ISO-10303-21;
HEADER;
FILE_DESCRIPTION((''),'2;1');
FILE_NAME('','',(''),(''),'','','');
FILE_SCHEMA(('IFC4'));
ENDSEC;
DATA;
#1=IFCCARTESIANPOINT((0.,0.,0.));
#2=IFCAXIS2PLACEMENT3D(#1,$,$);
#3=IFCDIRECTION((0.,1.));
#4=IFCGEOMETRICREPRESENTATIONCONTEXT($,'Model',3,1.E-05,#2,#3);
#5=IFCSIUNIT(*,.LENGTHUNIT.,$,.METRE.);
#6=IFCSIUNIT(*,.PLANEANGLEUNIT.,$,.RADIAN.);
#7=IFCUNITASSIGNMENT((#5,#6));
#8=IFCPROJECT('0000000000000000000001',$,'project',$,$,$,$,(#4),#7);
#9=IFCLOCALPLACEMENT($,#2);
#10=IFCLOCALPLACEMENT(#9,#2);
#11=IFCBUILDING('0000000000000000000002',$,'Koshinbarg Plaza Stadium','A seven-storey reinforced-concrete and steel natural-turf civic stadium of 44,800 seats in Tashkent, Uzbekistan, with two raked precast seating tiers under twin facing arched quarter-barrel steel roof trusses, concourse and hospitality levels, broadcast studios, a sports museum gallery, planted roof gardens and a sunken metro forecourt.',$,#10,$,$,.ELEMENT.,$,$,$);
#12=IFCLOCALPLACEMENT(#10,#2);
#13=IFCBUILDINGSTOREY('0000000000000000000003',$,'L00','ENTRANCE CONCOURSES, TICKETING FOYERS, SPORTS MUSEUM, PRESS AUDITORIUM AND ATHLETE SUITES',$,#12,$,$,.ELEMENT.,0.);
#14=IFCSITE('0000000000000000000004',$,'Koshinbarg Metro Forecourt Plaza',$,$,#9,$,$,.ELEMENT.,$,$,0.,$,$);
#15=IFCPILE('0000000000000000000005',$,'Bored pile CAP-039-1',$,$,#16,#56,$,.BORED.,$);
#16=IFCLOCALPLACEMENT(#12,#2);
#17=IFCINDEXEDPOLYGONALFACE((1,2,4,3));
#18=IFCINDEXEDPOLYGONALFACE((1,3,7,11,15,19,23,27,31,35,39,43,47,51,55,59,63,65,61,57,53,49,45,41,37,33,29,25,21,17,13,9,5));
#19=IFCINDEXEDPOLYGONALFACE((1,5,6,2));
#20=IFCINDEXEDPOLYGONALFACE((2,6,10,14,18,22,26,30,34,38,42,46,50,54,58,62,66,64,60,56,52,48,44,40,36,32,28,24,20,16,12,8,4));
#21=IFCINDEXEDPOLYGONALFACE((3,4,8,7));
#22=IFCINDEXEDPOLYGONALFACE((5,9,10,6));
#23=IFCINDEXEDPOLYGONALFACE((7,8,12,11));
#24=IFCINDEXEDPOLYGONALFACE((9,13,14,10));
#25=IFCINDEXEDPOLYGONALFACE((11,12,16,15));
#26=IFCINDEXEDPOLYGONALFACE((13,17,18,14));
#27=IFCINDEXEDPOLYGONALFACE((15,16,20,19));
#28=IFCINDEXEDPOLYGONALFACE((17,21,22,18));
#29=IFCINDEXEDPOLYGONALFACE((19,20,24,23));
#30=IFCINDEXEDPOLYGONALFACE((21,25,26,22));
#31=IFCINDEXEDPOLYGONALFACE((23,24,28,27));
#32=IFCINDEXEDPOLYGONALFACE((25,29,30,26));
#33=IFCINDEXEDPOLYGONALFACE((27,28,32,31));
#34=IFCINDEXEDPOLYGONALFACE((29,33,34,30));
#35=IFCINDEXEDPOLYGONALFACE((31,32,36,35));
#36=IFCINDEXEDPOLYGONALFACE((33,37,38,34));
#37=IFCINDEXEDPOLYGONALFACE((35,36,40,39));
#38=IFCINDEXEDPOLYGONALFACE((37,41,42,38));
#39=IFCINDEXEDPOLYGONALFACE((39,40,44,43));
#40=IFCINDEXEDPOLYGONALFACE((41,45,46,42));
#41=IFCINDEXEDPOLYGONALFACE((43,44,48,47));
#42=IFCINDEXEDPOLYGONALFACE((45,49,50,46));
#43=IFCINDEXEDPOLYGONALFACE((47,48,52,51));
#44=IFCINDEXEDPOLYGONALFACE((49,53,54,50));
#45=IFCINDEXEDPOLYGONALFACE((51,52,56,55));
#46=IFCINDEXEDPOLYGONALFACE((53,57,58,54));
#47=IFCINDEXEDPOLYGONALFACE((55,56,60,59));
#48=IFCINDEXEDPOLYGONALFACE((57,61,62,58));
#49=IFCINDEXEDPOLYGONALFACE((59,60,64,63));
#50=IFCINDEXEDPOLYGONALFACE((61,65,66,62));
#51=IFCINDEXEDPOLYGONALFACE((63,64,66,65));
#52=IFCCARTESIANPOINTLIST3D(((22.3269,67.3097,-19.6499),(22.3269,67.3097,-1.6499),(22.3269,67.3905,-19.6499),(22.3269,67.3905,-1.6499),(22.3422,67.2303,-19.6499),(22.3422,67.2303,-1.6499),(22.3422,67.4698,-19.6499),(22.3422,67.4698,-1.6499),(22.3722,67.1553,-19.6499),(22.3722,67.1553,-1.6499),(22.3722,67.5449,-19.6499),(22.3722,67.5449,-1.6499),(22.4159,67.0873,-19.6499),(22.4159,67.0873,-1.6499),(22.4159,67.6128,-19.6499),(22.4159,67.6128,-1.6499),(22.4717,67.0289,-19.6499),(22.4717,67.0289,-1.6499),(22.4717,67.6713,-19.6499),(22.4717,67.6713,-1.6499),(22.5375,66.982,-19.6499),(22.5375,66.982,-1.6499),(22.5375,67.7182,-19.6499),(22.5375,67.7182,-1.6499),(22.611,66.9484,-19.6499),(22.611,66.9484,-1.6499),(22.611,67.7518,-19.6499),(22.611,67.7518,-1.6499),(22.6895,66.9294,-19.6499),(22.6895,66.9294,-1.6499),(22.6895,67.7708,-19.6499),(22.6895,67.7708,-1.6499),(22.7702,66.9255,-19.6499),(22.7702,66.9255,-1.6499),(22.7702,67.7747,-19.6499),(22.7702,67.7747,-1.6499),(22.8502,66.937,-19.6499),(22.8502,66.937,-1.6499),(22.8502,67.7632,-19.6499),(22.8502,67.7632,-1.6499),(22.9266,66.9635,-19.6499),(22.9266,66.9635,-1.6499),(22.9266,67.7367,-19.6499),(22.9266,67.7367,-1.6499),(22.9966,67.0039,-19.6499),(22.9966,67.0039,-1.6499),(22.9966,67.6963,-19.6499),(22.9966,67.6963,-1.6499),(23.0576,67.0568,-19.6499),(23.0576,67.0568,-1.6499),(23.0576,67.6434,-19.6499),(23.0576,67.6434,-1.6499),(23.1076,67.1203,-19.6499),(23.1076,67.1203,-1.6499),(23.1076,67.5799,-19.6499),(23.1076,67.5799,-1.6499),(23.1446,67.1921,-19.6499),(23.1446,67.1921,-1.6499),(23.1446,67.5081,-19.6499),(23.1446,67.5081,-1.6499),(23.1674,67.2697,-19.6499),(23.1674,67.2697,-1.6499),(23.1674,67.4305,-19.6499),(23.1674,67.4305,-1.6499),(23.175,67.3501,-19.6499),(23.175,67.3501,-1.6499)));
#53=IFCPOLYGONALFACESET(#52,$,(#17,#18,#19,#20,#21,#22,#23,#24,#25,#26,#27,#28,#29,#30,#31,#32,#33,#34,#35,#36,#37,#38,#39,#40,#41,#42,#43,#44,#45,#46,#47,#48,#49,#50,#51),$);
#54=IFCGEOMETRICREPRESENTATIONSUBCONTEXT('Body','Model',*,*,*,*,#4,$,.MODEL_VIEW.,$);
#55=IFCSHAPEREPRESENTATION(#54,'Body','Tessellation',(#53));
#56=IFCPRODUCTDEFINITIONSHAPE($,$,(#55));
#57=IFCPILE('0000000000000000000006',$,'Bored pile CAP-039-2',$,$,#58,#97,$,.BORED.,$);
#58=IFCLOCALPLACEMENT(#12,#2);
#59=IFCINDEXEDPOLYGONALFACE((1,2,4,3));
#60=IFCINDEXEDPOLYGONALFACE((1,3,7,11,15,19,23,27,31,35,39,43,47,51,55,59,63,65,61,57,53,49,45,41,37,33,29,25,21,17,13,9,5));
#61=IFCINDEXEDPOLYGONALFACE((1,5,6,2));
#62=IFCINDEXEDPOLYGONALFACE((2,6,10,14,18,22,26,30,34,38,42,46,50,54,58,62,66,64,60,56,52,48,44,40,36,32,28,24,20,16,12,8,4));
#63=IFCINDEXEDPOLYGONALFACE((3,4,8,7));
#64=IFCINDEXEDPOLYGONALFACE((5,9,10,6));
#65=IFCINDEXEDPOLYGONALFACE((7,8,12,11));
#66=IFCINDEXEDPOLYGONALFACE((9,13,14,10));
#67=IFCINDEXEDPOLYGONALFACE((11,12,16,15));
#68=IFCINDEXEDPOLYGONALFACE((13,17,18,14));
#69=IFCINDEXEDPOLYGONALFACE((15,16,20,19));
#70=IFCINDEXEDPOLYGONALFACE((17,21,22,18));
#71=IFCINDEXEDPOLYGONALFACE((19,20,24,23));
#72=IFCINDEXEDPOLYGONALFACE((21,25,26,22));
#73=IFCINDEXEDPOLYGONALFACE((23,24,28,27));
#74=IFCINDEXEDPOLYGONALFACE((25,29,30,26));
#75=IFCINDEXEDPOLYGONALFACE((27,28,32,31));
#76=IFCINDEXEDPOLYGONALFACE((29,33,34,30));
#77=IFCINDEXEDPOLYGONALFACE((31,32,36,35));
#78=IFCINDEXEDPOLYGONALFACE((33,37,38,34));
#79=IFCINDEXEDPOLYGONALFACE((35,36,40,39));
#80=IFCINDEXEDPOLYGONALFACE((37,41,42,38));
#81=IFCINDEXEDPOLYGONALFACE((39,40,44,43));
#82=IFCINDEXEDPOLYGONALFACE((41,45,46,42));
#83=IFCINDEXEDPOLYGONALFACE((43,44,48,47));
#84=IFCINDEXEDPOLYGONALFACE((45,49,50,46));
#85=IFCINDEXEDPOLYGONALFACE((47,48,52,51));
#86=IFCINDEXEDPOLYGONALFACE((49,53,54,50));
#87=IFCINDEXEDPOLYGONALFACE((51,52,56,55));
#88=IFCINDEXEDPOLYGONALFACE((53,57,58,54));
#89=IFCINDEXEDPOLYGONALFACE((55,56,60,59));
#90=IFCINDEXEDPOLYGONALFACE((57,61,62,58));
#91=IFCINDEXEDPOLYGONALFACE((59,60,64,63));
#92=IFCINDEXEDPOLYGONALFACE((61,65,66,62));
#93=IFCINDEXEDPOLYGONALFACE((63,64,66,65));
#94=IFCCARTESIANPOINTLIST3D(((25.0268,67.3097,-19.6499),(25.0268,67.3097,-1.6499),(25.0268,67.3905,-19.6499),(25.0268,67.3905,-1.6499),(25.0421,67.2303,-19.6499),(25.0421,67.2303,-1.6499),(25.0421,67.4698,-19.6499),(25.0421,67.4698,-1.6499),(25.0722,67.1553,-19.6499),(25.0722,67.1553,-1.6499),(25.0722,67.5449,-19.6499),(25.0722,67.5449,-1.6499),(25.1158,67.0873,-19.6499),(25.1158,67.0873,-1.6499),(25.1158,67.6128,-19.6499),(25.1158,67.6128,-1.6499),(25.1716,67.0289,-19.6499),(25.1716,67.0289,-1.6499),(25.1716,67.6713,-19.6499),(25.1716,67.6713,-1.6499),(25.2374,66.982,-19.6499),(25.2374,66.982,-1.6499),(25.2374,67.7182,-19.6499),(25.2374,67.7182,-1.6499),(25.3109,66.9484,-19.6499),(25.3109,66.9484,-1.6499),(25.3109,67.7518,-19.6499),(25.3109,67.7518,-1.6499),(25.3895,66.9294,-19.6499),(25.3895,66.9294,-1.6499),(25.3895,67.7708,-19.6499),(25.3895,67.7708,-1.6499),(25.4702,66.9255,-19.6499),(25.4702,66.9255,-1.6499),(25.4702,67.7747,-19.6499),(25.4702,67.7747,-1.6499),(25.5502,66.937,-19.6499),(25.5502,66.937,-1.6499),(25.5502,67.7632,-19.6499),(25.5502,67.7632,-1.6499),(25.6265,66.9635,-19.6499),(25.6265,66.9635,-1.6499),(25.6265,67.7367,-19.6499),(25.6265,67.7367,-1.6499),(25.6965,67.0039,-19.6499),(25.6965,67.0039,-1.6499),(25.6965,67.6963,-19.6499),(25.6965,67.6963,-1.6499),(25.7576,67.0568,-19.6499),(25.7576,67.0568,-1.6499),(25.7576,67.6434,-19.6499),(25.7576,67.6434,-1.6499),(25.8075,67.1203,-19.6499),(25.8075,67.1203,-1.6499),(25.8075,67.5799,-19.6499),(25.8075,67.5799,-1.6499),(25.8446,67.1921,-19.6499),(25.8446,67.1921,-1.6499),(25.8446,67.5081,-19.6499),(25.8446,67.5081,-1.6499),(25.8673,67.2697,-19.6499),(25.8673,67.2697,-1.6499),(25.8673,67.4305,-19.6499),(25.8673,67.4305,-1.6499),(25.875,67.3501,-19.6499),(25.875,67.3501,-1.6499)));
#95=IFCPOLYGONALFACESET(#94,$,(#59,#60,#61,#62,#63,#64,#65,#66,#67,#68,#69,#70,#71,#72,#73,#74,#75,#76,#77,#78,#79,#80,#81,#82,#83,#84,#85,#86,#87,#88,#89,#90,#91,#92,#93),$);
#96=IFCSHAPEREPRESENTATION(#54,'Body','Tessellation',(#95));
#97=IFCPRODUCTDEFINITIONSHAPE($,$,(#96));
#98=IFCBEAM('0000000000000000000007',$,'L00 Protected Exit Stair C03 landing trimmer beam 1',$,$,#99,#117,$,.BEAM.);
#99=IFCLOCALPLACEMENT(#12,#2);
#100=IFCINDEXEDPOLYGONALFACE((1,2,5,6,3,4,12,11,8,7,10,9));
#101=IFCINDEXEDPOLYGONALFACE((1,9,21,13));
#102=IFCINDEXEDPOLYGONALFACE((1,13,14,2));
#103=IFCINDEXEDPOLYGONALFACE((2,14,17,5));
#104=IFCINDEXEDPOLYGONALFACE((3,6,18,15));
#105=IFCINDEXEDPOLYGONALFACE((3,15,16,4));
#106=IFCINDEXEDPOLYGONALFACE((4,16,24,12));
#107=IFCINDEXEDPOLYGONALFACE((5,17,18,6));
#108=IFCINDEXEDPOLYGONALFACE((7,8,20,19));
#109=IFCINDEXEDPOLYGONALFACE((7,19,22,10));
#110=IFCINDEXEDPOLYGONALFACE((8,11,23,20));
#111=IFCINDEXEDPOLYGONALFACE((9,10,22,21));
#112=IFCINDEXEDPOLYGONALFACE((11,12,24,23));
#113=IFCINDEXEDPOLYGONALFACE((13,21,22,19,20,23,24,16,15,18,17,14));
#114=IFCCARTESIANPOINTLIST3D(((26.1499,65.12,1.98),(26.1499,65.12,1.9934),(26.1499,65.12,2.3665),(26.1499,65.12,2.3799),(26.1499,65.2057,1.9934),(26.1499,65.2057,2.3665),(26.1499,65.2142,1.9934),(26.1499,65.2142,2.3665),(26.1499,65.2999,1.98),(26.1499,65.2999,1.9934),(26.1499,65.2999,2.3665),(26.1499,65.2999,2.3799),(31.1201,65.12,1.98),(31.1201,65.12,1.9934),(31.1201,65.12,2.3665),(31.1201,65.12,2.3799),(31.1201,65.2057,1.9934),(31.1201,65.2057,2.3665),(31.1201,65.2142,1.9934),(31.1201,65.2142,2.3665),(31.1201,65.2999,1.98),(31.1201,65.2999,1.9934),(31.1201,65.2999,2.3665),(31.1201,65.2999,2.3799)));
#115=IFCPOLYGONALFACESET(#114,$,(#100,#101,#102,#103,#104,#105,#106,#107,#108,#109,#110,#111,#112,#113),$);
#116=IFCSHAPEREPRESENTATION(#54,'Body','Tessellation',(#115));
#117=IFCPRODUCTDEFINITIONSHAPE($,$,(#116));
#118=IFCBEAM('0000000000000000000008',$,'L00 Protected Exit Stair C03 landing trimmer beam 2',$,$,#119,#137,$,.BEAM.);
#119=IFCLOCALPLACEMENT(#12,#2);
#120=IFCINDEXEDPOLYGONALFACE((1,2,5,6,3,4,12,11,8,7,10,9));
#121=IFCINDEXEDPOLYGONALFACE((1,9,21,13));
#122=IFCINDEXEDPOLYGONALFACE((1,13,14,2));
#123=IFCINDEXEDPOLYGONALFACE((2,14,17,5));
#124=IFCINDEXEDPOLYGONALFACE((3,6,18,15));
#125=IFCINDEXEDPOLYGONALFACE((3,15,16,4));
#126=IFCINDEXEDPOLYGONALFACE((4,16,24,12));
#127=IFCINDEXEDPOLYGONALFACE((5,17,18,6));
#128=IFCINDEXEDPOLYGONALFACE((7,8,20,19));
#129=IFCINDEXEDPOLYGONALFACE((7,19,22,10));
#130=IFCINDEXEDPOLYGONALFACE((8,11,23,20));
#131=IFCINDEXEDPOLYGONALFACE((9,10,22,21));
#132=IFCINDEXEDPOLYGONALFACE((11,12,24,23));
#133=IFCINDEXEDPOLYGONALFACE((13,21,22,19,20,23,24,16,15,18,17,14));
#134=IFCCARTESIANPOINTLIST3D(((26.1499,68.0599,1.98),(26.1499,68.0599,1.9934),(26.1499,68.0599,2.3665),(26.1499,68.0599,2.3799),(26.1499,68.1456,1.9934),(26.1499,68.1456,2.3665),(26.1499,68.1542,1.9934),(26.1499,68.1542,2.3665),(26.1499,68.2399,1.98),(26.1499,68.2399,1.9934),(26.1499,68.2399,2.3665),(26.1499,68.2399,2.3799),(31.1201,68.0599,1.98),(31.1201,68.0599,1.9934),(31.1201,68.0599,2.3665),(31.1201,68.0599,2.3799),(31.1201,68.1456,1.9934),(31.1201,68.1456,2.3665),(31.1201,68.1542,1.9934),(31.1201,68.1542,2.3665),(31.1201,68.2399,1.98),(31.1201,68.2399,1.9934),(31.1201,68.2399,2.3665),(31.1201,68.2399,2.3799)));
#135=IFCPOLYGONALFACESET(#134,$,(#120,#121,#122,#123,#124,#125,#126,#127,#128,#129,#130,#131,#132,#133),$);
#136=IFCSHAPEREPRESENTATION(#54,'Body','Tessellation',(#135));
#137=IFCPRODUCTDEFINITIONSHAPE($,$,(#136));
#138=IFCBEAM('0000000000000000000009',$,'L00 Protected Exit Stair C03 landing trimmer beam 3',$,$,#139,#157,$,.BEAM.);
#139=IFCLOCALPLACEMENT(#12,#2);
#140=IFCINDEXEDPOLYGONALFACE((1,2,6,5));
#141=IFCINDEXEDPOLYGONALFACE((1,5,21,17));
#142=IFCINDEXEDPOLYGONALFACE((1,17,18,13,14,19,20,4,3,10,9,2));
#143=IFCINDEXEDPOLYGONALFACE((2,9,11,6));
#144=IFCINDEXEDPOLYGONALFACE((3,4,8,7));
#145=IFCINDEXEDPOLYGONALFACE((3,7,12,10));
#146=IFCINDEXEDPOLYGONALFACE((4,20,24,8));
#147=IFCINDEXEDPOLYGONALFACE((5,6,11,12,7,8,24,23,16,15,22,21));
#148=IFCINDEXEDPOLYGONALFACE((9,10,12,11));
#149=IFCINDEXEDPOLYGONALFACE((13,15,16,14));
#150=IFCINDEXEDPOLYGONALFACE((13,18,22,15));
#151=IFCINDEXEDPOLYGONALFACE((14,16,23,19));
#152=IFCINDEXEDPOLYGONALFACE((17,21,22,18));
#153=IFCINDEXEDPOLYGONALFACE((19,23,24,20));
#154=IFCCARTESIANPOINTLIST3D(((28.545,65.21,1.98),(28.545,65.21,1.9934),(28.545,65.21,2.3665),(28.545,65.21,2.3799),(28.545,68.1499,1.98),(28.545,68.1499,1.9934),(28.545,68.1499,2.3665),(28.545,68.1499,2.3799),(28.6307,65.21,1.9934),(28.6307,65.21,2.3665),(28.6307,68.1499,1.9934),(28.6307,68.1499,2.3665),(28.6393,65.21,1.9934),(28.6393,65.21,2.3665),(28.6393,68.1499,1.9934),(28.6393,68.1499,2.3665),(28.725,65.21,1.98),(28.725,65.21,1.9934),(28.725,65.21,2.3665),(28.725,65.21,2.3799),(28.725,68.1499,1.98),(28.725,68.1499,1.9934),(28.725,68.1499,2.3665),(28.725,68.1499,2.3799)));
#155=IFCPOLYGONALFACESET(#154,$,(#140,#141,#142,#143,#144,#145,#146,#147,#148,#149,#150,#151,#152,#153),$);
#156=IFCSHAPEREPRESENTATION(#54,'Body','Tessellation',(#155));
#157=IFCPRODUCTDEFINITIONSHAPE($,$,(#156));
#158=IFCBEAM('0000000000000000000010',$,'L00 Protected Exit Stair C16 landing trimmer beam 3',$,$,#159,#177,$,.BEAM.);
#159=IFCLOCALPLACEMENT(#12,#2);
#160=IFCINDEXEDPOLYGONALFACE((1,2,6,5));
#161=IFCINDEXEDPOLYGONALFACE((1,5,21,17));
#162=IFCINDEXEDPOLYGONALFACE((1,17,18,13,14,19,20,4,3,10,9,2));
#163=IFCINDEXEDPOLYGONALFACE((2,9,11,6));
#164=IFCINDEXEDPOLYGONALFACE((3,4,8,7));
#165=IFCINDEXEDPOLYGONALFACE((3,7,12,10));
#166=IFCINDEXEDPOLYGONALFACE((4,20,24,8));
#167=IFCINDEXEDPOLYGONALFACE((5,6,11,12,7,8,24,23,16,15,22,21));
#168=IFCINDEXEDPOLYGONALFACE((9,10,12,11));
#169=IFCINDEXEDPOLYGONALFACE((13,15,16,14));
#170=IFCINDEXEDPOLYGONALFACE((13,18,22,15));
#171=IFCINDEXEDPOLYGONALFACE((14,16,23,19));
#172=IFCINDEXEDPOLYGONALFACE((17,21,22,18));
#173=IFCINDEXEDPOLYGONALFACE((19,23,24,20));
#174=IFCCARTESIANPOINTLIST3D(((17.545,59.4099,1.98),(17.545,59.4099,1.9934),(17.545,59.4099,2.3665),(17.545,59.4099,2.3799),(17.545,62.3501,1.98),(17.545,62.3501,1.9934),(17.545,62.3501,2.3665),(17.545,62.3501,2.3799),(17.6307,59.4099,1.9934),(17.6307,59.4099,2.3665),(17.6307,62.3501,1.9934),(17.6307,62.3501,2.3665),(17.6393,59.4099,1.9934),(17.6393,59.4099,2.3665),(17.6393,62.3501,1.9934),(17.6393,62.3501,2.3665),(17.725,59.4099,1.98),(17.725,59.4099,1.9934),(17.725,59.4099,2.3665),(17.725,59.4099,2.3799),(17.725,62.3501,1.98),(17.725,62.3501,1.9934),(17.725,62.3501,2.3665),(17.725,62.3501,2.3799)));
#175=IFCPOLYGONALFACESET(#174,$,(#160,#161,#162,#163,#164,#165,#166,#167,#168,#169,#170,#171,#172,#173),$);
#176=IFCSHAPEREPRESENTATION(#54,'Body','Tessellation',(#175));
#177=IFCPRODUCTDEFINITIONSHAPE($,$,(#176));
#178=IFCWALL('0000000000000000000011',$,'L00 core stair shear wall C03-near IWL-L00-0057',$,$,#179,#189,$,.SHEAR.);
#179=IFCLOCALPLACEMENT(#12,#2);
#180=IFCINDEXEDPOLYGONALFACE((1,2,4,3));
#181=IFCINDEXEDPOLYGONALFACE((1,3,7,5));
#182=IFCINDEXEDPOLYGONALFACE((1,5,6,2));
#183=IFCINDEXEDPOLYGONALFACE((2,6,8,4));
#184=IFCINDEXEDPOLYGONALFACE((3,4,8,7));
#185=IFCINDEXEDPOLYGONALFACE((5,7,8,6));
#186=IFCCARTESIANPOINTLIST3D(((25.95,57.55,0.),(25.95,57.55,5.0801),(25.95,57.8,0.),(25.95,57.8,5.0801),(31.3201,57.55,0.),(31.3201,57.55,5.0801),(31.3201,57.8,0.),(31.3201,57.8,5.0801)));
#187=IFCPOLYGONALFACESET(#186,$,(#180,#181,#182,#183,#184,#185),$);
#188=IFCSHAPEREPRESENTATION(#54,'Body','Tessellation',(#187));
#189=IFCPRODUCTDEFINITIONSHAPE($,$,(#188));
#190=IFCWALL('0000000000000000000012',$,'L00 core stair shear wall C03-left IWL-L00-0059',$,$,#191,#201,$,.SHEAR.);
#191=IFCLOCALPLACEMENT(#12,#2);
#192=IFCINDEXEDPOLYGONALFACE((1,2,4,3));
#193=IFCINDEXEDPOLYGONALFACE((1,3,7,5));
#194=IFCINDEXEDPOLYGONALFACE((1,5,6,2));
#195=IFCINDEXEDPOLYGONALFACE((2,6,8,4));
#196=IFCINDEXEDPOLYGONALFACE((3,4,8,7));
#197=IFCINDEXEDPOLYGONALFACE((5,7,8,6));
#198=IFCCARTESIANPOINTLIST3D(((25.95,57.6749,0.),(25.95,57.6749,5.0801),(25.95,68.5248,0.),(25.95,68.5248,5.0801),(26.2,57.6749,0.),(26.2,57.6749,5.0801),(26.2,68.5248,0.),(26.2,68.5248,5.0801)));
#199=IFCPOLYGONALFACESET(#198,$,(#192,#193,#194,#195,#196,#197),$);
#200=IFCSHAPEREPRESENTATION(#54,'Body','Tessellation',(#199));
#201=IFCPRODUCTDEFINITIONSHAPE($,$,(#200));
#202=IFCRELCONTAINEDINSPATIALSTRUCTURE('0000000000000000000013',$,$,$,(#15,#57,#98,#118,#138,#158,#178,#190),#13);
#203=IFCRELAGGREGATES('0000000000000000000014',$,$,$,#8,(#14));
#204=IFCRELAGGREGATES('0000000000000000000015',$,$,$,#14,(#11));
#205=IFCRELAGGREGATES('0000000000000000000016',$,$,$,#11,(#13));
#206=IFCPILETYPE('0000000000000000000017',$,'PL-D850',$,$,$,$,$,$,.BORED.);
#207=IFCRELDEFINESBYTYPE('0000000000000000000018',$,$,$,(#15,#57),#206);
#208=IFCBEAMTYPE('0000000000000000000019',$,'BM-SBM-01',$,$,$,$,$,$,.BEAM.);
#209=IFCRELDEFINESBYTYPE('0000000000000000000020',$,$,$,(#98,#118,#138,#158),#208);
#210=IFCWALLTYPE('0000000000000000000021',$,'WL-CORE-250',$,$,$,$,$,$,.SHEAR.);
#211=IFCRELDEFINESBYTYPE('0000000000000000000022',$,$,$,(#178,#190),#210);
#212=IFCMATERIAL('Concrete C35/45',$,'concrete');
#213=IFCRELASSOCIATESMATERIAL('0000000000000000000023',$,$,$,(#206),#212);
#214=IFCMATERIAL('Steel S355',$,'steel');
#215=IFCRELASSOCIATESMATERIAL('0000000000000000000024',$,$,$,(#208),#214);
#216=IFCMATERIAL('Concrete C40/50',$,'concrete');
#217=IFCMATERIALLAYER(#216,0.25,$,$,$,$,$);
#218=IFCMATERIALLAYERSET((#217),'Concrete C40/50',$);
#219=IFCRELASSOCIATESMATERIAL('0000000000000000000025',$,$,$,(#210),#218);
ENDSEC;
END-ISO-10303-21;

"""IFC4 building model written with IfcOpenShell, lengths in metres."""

from ifc_helpers import new_model, si_unit, direction, frame, frame_2d, origin, origin_2d, place, context, subcontext, project, spatial, rectangle, circle, i_section, extrude, material, layer, layer_set, material_profile, profile_set, type_object, element, save


model = new_model("IFC4")

# Units and contexts
model_context = context("Model", 3, precision=1e-05, world=origin(), true_north=direction((0.0, 1.0)))
body_context = subcontext(model_context, "Body", "Model", "MODEL_VIEW")
ifc_project = project(units=[si_unit("LENGTHUNIT", "METRE"), si_unit("PLANEANGLEUNIT", "RADIAN")], contexts=[model_context])

# Site, building, storey
site_placement = place(None, origin())
site = spatial("IfcSite", under=ifc_project, at=site_placement, Name="Koshinbarg Metro Forecourt Plaza", CompositionType="ELEMENT", RefElevation=0.0)
building_placement = place(site_placement, origin())
building = spatial("IfcBuilding", under=site, at=building_placement, Name="Koshinbarg Plaza Stadium", Description="A seven-storey reinforced-concrete and steel natural-turf civic stadium of 44,800 seats in Tashkent, Uzbekistan, with two raked precast seating tiers under twin facing arched quarter-barrel steel roof trusses, concourse and hospitality levels, broadcast studios, a sports museum gallery, planted roof gardens and a sunken metro forecourt.", CompositionType="ELEMENT")
storey_placement = place(building_placement, origin())
storey = spatial("IfcBuildingStorey", under=building, at=storey_placement, Name="L00", Description="ENTRANCE CONCOURSES, TICKETING FOYERS, SPORTS MUSEUM, PRESS AUDITORIUM AND ATHLETE SUITES", CompositionType="ELEMENT", Elevation=0.0)

# Piles
ifc_material_1 = material(Name="Concrete C35/45", Category="concrete")
ifc_material_profile_1 = material_profile(ifc_material_1, circle(Radius=0.425, at=origin_2d()), Name="PILE D850")
ifc_profile_set_1 = profile_set([ifc_material_profile_1], Name="Concrete C35/45")
pile_type = type_object("IfcPileType", Name="PL-D850", PredefinedType="BORED", material=ifc_profile_set_1)
for number, where, z_axis, x_axis, name in (
    (1, (22.75, 67.3501, -1.6499), (0.0, 0.0, -1.0), (1.0, 0.0, 0.0), "Bored pile CAP-039-1"),
    (2, (25.45, 67.3501, -1.6499), (0.0, 0.0, -1.0), (1.0, 0.0, 0.0), "Bored pile CAP-039-2"),
):
    element("IfcPile", number, at=place(storey_placement, frame(where, z_axis=z_axis, x_axis=x_axis)), inside=storey, type_object=pile_type, Name=name, PredefinedType="BORED", context=body_context, shape_type="SweptSolid", body=[
        extrude(circle(Radius=0.425, at=origin_2d()), origin(), (0.0, 0.0, 1.0), 18.0),
    ])

# Beams
ifc_material_2 = material(Name="Steel S355", Category="steel")
ifc_material_profile_2 = material_profile(ifc_material_2, i_section(OverallWidth=0.1799, OverallDepth=0.3999, WebThickness=0.0085, FlangeThickness=0.0134, at=origin_2d()), Name="IPE 400")
ifc_profile_set_2 = profile_set([ifc_material_profile_2], Name="Steel S355")
beam_type = type_object("IfcBeamType", Name="BM-SBM-01", PredefinedType="BEAM", material=ifc_profile_set_2)
for number, where, z_axis, x_axis, name in (
    (3, (26.1499, 65.21, 2.1799), (1.0, 0.0, 0.0), (0.0, 1.0, 0.0), "L00 Protected Exit Stair C03 landing trimmer beam 1"),
    (4, (26.1499, 68.1499, 2.1799), (1.0, 0.0, 0.0), (0.0, 1.0, 0.0), "L00 Protected Exit Stair C03 landing trimmer beam 2"),
):
    element("IfcBeam", number, at=place(storey_placement, frame(where, z_axis=z_axis, x_axis=x_axis)), inside=storey, type_object=beam_type, Name=name, PredefinedType="BEAM", context=body_context, shape_type="SweptSolid", body=[
        extrude(i_section(OverallWidth=0.1799, OverallDepth=0.3999, WebThickness=0.0085, FlangeThickness=0.0134, at=origin_2d()), origin(), (0.0, 0.0, 1.0), 4.9702),
    ])
beam_1_placement = place(storey_placement, frame((28.635, 65.21, 2.1799), z_axis=(0.0, 1.0, 0.0), x_axis=(-1.0, 0.0, 0.0)))
element("IfcBeam", 5, at=beam_1_placement, inside=storey, type_object=beam_type, Name="L00 Protected Exit Stair C03 landing trimmer beam 3", PredefinedType="BEAM", context=body_context, shape_type="SweptSolid", body=[
    extrude(i_section(OverallWidth=0.1799, OverallDepth=0.3999, WebThickness=0.0085, FlangeThickness=0.0134, at=origin_2d()), origin(), (0.0, 0.0, 1.0), 2.9399),
])
beam_2_placement = place(storey_placement, frame((17.635, 59.4099, 2.1799), z_axis=(0.0, 1.0, 0.0), x_axis=(-1.0, 0.0, 0.0)))
element("IfcBeam", 6, at=beam_2_placement, inside=storey, type_object=beam_type, Name="L00 Protected Exit Stair C16 landing trimmer beam 3", PredefinedType="BEAM", context=body_context, shape_type="SweptSolid", body=[
    extrude(i_section(OverallWidth=0.1799, OverallDepth=0.3999, WebThickness=0.0085, FlangeThickness=0.0134, at=origin_2d()), origin(), (0.0, 0.0, 1.0), 2.9402),
])

# Walls
ifc_material_3 = material(Name="Concrete C40/50", Category="concrete")
ifc_layer_1 = layer(ifc_material_3, 0.25)
ifc_layer_set_1 = layer_set([ifc_layer_1], Name="Concrete C40/50")
wall_type_1 = type_object("IfcWallType", Name="WL-CORE-250", PredefinedType="SHEAR", material=ifc_layer_set_1)
wall_1_placement = place(storey_placement, frame((25.95, 57.675, 0.0), z_axis=(0.0, 0.0, 1.0), x_axis=(1.0, 0.0, 0.0)))
element("IfcWall", 7, at=wall_1_placement, inside=storey, type_object=wall_type_1, Name="L00 core stair shear wall C03-near IWL-L00-0057", PredefinedType="SHEAR", context=body_context, shape_type="SweptSolid", body=[
    extrude(rectangle(XDim=5.3701, YDim=0.25, at=frame_2d((2.6851, 0.0))), origin(), (0.0, 0.0, 1.0), 5.0801),
])
wall_2_placement = place(storey_placement, frame((26.075, 57.675, 0.0), z_axis=(0.0, 0.0, 1.0), x_axis=(0.0, 1.0, 0.0)))
element("IfcWall", 8, at=wall_2_placement, inside=storey, type_object=wall_type_1, Name="L00 core stair shear wall C03-left IWL-L00-0059", PredefinedType="SHEAR", context=body_context, shape_type="SweptSolid", body=[
    extrude(rectangle(XDim=10.8499, YDim=0.25, at=frame_2d((5.4248, 0.0))), origin(), (0.0, 0.0, 1.0), 5.0801),
])

save(model, "model.ifc")
